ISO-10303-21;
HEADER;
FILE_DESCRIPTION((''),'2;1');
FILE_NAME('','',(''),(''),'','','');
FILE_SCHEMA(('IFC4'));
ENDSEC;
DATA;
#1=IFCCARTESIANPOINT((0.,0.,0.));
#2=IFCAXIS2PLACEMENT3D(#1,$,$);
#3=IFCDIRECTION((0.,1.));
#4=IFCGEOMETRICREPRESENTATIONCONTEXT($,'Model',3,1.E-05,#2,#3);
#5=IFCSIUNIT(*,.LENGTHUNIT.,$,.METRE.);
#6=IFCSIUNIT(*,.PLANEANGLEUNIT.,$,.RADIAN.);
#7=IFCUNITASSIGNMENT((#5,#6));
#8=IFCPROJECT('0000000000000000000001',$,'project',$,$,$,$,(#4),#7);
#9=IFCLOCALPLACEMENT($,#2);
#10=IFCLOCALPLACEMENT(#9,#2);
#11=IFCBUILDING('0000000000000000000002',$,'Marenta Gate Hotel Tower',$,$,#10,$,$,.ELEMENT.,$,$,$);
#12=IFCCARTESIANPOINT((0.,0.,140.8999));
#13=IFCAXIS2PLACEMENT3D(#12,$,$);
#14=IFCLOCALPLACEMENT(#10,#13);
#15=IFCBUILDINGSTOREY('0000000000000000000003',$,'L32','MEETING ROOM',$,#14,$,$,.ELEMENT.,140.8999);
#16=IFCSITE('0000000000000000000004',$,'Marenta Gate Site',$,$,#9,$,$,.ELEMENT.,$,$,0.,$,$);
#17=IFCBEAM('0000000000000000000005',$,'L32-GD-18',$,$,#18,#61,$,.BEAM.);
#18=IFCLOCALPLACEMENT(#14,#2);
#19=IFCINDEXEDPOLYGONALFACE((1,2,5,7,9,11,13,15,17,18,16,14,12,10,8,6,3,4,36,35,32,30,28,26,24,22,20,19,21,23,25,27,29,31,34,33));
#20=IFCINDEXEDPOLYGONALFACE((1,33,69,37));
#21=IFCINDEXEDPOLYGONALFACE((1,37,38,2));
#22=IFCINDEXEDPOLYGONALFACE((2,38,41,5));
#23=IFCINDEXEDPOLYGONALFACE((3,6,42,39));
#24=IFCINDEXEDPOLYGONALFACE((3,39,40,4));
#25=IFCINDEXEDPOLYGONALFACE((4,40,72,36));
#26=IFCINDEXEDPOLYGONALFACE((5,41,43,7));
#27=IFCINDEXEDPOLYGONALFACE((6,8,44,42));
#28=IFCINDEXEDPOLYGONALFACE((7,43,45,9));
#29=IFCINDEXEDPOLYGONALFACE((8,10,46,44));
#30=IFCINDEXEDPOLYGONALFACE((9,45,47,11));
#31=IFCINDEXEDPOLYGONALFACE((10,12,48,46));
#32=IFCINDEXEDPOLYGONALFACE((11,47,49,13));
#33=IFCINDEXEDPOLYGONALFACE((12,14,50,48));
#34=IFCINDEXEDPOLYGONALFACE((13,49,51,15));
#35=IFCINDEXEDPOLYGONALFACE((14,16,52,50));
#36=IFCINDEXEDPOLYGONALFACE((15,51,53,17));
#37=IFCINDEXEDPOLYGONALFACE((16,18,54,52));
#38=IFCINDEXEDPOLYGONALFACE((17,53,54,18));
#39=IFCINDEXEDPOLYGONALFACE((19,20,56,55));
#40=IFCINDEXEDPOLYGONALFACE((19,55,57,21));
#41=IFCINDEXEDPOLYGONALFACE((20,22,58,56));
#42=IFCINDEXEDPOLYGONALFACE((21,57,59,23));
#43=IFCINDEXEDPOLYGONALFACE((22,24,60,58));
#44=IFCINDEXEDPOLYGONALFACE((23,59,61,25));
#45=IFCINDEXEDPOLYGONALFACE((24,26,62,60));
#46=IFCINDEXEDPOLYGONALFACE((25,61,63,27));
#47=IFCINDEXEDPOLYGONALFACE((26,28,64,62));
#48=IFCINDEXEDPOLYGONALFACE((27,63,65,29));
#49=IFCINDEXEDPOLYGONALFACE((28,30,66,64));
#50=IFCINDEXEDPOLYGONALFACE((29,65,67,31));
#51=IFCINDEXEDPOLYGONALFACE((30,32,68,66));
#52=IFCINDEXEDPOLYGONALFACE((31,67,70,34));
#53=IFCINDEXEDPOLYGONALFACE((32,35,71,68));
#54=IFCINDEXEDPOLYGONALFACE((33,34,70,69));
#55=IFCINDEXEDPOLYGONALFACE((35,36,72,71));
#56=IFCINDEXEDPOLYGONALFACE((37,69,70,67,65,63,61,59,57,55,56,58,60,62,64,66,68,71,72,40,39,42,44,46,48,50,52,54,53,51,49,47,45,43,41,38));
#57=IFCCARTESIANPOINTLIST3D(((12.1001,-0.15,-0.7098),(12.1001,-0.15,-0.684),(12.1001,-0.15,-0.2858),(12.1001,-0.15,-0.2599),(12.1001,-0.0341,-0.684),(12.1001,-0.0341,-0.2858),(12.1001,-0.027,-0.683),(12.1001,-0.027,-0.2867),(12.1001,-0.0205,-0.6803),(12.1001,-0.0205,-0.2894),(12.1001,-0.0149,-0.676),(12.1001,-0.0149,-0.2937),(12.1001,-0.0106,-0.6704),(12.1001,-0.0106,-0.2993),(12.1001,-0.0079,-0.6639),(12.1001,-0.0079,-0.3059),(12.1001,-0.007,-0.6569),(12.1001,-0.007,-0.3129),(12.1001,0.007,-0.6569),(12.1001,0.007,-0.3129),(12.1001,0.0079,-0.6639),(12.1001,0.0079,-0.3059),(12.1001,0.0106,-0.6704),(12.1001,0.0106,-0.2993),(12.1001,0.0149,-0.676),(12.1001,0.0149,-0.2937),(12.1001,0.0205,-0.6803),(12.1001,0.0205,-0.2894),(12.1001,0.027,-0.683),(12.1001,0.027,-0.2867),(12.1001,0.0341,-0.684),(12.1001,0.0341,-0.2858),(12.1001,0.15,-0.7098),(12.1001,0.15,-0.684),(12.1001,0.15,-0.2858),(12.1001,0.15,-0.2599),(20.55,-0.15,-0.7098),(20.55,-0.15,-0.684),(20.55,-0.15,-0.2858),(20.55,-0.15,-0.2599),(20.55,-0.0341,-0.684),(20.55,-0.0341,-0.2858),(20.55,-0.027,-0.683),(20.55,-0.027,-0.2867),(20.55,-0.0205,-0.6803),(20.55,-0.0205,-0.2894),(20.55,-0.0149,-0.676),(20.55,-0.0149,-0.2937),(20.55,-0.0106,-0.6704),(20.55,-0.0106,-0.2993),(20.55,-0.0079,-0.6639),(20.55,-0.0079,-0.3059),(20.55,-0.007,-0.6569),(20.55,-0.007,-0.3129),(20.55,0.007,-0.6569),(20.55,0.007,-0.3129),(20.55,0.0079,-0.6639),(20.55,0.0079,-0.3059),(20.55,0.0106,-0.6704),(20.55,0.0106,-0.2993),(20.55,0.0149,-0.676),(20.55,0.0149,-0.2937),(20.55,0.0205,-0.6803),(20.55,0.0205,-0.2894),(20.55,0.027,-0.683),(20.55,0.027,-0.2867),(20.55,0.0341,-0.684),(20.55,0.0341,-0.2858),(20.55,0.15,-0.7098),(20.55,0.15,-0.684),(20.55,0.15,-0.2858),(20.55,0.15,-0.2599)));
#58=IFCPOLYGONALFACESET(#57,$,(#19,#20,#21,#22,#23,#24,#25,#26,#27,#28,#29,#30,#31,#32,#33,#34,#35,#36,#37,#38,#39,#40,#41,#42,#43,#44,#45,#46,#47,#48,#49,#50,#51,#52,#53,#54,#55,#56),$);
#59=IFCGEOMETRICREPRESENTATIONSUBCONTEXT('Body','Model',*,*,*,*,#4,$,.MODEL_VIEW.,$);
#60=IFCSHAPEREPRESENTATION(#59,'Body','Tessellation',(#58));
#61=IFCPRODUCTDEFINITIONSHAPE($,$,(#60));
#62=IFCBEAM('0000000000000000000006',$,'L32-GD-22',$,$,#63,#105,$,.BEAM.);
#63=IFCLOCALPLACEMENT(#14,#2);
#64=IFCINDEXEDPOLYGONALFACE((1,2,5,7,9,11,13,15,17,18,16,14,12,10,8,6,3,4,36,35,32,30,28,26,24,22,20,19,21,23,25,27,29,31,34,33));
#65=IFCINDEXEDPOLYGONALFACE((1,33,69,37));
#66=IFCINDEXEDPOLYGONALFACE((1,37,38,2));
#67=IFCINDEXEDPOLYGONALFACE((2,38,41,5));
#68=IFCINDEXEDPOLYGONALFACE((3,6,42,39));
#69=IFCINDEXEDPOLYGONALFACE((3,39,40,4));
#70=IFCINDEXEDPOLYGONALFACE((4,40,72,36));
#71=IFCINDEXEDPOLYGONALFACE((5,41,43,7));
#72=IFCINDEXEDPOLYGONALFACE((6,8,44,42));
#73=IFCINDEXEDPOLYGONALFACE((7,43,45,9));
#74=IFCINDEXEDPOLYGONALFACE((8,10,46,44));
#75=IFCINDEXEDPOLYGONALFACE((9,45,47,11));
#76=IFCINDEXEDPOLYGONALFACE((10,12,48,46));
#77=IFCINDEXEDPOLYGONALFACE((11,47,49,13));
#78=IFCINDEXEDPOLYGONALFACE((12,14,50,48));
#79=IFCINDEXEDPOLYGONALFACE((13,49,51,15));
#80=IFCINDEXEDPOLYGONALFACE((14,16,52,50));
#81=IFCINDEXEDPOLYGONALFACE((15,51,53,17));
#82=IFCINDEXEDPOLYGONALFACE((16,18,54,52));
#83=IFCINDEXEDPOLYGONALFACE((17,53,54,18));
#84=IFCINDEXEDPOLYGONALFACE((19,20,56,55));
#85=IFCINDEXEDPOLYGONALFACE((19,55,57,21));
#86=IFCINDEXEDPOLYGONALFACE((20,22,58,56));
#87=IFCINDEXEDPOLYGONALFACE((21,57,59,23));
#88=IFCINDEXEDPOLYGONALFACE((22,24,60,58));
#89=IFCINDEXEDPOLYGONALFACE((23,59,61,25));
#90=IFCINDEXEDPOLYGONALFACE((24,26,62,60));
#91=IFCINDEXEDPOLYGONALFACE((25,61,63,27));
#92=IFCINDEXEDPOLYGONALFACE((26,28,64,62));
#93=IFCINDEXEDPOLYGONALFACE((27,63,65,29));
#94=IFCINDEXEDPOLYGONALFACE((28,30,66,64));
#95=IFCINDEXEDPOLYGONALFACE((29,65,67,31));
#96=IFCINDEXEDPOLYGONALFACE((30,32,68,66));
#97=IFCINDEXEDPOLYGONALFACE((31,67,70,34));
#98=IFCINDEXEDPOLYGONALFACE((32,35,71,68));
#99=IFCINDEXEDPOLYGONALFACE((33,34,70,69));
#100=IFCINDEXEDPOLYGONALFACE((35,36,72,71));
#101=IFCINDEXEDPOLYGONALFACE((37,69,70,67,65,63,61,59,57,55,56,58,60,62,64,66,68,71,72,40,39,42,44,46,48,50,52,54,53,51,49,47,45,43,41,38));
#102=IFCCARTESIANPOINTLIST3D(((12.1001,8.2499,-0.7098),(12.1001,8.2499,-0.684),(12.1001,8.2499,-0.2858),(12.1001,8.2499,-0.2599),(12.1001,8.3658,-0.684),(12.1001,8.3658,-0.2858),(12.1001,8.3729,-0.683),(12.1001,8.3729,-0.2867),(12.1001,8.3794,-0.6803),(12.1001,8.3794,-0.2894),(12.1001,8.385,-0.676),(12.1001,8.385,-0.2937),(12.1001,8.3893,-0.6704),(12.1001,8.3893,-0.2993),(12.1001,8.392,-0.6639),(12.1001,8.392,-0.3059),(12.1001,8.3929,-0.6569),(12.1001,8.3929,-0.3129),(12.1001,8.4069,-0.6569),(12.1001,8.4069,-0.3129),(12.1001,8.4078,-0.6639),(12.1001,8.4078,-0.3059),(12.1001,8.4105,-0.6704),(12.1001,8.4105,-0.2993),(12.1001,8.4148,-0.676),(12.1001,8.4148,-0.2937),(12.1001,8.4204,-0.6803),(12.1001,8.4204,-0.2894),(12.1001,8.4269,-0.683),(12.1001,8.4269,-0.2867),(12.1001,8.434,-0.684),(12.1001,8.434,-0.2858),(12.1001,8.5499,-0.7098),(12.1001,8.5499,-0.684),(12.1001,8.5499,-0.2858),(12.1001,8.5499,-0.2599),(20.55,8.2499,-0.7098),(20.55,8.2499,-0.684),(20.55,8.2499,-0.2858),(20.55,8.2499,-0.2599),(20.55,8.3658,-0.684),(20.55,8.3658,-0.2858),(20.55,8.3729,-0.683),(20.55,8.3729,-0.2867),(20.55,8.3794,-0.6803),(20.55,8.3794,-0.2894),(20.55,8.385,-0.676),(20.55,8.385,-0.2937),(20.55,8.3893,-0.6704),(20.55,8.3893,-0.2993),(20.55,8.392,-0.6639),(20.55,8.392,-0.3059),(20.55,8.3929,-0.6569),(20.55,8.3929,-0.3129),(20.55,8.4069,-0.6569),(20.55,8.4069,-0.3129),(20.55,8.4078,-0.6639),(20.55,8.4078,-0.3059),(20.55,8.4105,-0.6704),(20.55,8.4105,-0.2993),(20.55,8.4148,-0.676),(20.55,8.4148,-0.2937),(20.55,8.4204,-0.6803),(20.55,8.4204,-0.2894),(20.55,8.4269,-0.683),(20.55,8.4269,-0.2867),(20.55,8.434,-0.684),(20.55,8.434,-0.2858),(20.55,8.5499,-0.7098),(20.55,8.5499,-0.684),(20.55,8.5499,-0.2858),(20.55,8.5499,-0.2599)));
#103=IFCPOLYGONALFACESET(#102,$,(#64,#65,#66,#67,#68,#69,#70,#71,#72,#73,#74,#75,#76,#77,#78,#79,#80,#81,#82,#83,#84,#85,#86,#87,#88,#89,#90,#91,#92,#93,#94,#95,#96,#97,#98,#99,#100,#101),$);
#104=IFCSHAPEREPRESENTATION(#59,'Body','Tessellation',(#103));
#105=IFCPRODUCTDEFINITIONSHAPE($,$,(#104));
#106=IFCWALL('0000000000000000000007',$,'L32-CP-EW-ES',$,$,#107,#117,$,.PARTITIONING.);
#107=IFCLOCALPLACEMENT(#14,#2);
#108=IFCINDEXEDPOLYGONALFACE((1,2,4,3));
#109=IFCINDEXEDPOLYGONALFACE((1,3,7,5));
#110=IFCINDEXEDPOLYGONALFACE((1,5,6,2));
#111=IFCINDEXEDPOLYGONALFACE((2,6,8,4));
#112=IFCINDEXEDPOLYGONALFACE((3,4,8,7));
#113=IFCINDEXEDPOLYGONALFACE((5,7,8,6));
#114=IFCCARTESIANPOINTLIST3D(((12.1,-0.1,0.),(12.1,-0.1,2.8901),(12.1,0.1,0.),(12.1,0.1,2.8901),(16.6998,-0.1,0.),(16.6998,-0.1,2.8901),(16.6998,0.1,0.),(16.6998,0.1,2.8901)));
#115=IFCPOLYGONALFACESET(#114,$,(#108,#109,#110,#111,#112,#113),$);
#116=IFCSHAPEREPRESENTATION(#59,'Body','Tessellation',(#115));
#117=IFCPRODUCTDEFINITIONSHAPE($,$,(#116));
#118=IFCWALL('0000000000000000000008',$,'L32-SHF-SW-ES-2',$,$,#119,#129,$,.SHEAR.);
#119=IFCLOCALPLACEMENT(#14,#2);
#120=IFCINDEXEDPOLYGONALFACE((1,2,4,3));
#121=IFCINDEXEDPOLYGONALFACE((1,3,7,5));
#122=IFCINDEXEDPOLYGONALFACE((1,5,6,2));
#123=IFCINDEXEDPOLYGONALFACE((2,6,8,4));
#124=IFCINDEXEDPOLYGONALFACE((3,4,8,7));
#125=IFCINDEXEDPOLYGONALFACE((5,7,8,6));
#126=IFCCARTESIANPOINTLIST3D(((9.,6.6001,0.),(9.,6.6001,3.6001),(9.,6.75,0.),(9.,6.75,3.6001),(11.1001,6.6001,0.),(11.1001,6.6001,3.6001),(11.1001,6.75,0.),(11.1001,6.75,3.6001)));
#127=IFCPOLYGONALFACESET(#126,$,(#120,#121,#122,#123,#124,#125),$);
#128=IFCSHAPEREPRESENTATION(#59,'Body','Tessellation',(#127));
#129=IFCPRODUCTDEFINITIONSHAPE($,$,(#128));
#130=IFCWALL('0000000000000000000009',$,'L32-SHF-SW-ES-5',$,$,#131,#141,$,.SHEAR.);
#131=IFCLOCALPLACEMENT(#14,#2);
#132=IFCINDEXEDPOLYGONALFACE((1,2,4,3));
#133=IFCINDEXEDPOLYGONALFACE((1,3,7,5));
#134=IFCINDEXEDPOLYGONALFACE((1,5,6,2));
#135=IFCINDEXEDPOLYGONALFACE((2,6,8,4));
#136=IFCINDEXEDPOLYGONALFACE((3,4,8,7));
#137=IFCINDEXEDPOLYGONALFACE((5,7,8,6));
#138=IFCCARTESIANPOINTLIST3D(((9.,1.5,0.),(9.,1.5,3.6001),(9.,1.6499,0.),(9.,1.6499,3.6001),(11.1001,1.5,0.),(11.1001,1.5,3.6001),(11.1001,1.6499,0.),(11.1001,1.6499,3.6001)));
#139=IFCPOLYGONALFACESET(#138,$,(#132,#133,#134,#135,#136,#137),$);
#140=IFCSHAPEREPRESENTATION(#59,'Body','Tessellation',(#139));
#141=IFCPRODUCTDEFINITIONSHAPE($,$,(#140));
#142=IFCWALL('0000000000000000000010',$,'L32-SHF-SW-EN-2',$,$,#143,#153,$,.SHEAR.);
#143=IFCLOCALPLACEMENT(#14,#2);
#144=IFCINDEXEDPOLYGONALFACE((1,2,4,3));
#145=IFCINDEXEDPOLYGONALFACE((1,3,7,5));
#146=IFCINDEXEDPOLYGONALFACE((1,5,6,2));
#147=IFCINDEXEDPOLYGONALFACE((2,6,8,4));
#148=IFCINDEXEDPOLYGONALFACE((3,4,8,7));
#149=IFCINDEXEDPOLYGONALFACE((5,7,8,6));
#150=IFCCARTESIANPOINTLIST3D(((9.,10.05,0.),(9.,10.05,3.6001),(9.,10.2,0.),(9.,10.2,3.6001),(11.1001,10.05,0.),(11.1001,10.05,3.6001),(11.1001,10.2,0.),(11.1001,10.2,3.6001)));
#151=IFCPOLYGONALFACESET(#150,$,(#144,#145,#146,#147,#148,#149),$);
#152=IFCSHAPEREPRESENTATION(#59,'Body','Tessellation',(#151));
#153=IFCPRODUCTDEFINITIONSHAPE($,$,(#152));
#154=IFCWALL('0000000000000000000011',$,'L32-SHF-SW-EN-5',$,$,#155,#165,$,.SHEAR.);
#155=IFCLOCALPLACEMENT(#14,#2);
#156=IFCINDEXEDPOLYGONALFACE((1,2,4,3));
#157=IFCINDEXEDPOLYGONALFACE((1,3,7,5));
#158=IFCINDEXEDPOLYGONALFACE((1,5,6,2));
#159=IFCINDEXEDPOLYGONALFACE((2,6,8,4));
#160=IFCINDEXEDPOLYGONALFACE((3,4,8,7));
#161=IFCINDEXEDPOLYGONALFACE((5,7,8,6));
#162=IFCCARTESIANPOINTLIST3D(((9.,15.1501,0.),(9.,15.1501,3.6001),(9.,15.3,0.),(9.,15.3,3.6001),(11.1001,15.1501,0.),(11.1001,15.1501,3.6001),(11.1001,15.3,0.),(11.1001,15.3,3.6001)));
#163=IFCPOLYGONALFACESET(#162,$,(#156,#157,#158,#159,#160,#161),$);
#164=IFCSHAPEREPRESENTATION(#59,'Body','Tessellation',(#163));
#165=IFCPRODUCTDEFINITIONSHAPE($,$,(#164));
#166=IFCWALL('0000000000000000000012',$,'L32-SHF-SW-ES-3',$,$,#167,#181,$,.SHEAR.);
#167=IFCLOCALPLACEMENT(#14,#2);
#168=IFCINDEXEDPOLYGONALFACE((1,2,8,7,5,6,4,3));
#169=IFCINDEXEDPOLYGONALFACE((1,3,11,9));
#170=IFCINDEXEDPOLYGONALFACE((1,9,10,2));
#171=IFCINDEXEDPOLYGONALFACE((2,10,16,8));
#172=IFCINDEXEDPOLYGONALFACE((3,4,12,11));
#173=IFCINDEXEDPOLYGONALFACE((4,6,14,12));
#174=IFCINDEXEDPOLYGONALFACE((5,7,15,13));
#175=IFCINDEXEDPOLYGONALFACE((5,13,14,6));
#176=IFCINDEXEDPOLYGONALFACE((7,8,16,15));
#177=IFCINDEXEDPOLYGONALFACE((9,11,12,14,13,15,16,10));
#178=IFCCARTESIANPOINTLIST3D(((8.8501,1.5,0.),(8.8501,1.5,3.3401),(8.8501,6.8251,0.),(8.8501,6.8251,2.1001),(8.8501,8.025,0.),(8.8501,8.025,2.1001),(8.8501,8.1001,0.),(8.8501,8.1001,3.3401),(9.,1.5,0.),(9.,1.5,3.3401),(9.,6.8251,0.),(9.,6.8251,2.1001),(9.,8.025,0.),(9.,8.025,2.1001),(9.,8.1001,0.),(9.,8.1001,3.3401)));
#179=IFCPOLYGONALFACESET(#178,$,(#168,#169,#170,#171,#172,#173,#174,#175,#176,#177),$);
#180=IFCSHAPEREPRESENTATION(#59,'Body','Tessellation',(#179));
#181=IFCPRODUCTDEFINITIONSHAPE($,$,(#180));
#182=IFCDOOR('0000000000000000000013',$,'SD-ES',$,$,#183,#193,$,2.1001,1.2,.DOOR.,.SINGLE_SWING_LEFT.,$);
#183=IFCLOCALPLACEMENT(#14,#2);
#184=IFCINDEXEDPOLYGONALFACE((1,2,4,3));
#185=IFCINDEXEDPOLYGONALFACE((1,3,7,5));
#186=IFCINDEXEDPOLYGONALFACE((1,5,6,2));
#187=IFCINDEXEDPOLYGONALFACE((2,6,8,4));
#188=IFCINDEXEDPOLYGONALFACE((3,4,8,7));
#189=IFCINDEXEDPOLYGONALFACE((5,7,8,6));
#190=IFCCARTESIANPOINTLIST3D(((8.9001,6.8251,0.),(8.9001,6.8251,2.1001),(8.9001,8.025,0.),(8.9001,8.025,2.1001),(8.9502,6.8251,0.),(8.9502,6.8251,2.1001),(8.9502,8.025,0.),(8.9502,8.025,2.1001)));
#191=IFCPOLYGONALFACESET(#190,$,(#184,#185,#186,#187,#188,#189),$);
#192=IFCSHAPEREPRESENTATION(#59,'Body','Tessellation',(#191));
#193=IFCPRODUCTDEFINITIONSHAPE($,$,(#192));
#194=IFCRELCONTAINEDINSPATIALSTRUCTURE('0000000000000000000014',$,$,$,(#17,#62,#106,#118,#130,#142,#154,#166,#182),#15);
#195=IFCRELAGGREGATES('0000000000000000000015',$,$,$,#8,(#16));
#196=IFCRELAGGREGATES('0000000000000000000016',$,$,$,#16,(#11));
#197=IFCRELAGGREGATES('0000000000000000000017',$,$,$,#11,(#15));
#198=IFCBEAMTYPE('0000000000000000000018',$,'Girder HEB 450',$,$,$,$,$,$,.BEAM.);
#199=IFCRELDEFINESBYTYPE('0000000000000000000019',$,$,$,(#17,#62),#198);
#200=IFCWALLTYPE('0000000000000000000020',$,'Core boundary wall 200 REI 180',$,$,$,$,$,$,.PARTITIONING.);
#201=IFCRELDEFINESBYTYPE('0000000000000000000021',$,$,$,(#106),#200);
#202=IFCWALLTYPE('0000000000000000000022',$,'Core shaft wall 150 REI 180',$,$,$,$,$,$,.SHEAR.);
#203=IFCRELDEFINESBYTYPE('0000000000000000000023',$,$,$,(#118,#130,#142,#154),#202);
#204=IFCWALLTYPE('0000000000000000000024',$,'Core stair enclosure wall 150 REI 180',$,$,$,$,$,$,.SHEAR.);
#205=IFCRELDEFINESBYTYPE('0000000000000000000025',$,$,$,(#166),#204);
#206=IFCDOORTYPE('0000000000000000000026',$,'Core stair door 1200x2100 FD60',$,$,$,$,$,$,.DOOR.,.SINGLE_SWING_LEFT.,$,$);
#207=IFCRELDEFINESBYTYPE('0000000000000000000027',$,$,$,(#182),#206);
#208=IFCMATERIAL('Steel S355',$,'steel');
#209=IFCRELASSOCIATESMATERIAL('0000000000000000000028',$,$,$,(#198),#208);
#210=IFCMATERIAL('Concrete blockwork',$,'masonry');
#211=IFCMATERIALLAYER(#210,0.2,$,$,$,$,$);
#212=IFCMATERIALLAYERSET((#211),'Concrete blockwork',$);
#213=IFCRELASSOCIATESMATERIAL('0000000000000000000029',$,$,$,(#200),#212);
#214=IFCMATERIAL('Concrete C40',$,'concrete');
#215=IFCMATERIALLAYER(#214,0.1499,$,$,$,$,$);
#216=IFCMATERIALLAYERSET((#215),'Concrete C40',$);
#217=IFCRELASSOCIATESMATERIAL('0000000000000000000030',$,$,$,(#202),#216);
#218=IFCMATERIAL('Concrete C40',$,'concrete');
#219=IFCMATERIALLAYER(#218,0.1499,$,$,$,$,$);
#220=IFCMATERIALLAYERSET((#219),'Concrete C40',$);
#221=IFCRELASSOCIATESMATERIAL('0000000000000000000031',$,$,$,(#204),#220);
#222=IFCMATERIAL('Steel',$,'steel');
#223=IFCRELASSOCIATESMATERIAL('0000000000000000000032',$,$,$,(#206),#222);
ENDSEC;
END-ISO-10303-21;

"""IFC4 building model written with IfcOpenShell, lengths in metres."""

from ifc_helpers import new_model, si_unit, direction, frame, frame_2d, origin, origin_2d, place, context, subcontext, project, spatial, rectangle, i_section, extrude, material, layer, layer_set, material_profile, profile_set, type_object, element, fill, save


model = new_model("IFC4")

# Units and contexts
model_context = context("Model", 3, precision=1e-05, world=origin(), true_north=direction((0.0, 1.0)))
body_context = subcontext(model_context, "Body", "Model", "MODEL_VIEW")
ifc_project = project(units=[si_unit("LENGTHUNIT", "METRE"), si_unit("PLANEANGLEUNIT", "RADIAN")], contexts=[model_context])

# Site, building, storey
site_placement = place(None, origin())
site = spatial("IfcSite", under=ifc_project, at=site_placement, Name="Marenta Gate Site", CompositionType="ELEMENT", RefElevation=0.0)
building_placement = place(site_placement, origin())
building = spatial("IfcBuilding", under=site, at=building_placement, Name="Marenta Gate Hotel Tower", CompositionType="ELEMENT")
storey_placement = place(building_placement, frame((0.0, 0.0, 140.8999)))
storey = spatial("IfcBuildingStorey", under=building, at=storey_placement, Name="L32", Description="MEETING ROOM", CompositionType="ELEMENT", Elevation=140.8999)

# Beams
ifc_material_1 = material(Name="Steel S355", Category="steel")
ifc_material_profile = material_profile(ifc_material_1, i_section(OverallWidth=0.3, OverallDepth=0.45, WebThickness=0.0139, FlangeThickness=0.0259, FilletRadius=0.0271, at=origin_2d()), Name="HEB 450")
ifc_profile_set = profile_set([ifc_material_profile], Name="Steel S355")
beam_type = type_object("IfcBeamType", Name="Girder HEB 450", PredefinedType="BEAM", material=ifc_profile_set)
for number, where, z_axis, x_axis, name in (
    (1, (12.1001, 0.0, -0.4849), (1.0, 0.0, 0.0), (0.0, 1.0, 0.0), "L32-GD-18"),
    (2, (12.1001, 8.3999, -0.4849), (1.0, 0.0, 0.0), (0.0, 1.0, 0.0), "L32-GD-22"),
):
    element("IfcBeam", number, at=place(storey_placement, frame(where, z_axis=z_axis, x_axis=x_axis)), inside=storey, type_object=beam_type, Name=name, PredefinedType="BEAM", context=body_context, shape_type="SweptSolid", body=[
        extrude(i_section(OverallWidth=0.3, OverallDepth=0.45, WebThickness=0.0139, FlangeThickness=0.0259, FilletRadius=0.0271, at=origin_2d()), origin(), (0.0, 0.0, 1.0), 8.45),
    ])

# Walls
ifc_material_2 = material(Name="Concrete blockwork", Category="masonry")
ifc_layer_1 = layer(ifc_material_2, 0.2)
ifc_layer_set_1 = layer_set([ifc_layer_1], Name="Concrete blockwork")
wall_type_1 = type_object("IfcWallType", Name="Core boundary wall 200 REI 180", PredefinedType="PARTITIONING", material=ifc_layer_set_1)
wall_1_placement = place(storey_placement, frame((12.1001, 0.0, 0.0), z_axis=(0.0, 0.0, 1.0), x_axis=(1.0, 0.0, 0.0)))
element("IfcWall", 3, at=wall_1_placement, inside=storey, type_object=wall_type_1, Name="L32-CP-EW-ES", PredefinedType="PARTITIONING", context=body_context, shape_type="SweptSolid", body=[
    extrude(rectangle(XDim=4.5999, YDim=0.2, at=frame_2d((2.2998, 0.0))), origin(), (0.0, 0.0, 1.0), 2.8901),
])
ifc_material_3 = material(Name="Concrete C40", Category="concrete")
ifc_layer_2 = layer(ifc_material_3, 0.1499)
ifc_layer_set_2 = layer_set([ifc_layer_2], Name="Concrete C40")
wall_type_2 = type_object("IfcWallType", Name="Core shaft wall 150 REI 180", PredefinedType="SHEAR", material=ifc_layer_set_2)
for number, where, z_axis, x_axis, name in (
    (4, (9.0, 6.675, 0.0), (0.0, 0.0, 1.0), (1.0, 0.0, 0.0), "L32-SHF-SW-ES-2"),
    (5, (9.0, 1.575, 0.0), (0.0, 0.0, 1.0), (1.0, 0.0, 0.0), "L32-SHF-SW-ES-5"),
    (6, (9.0, 10.125, 0.0), (0.0, 0.0, 1.0), (1.0, 0.0, 0.0), "L32-SHF-SW-EN-2"),
    (7, (9.0, 15.2251, 0.0), (0.0, 0.0, 1.0), (1.0, 0.0, 0.0), "L32-SHF-SW-EN-5"),
):
    element("IfcWall", number, at=place(storey_placement, frame(where, z_axis=z_axis, x_axis=x_axis)), inside=storey, type_object=wall_type_2, Name=name, PredefinedType="SHEAR", context=body_context, shape_type="SweptSolid", body=[
        extrude(rectangle(XDim=2.1001, YDim=0.1499, at=frame_2d((1.05, 0.0))), origin(), (0.0, 0.0, 1.0), 3.6001),
    ])

# Wall, opening, door
ifc_material_4 = material(Name="Concrete C40", Category="concrete")
ifc_layer_3 = layer(ifc_material_4, 0.1499)
ifc_layer_set_3 = layer_set([ifc_layer_3], Name="Concrete C40")
wall_type_3 = type_object("IfcWallType", Name="Core stair enclosure wall 150 REI 180", PredefinedType="SHEAR", material=ifc_layer_set_3)
wall_2_placement = place(storey_placement, frame((8.925, 1.5, 0.0), z_axis=(0.0, 0.0, 1.0), x_axis=(0.0, 1.0, 0.0)))
wall_2 = element("IfcWall", 8, at=wall_2_placement, inside=storey, type_object=wall_type_3, Name="L32-SHF-SW-ES-3", PredefinedType="SHEAR", context=body_context, shape_type="SweptSolid", body=[
    extrude(rectangle(XDim=6.6001, YDim=0.1499, at=frame_2d((3.3, 0.0))), origin(), (0.0, 0.0, 1.0), 3.3401),
])
opening_1_placement = place(wall_2_placement, frame((5.325, 0.0, 0.0)))
opening_1 = element("IfcOpeningElement", 9, at=opening_1_placement, cuts=wall_2, PredefinedType="OPENING", context=body_context, shape_type="SweptSolid", body=[
    extrude(rectangle(XDim=1.2, YDim=2.1001, at=frame_2d((0.6001, 1.05))), frame((0.0, 0.075, 0.0), z_axis=(0.0, -1.0, 0.0), x_axis=(1.0, 0.0, 0.0)), (0.0, 0.0, 1.0), 0.1499),
])
ifc_material_5 = material(Name="Steel", Category="steel")
door_type_1 = type_object("IfcDoorType", Name="Core stair door 1200x2100 FD60", OperationType="SINGLE_SWING_LEFT", PredefinedType="DOOR", material=ifc_material_5)
door_1_placement = place(opening_1_placement, origin())
door_1 = element("IfcDoor", 10, at=door_1_placement, inside=storey, type_object=door_type_1, Name="SD-ES", OperationType="SINGLE_SWING_LEFT", OverallHeight=2.1001, OverallWidth=1.2, PredefinedType="DOOR", context=body_context, shape_type="SweptSolid", body=[
    extrude(rectangle(XDim=1.2, YDim=2.1001, at=frame_2d((0.6001, 1.05))), frame((0.0, 0.0249, 0.0), z_axis=(0.0, -1.0, 0.0), x_axis=(1.0, 0.0, 0.0)), (0.0, 0.0, 1.0), 0.05),
])
fill(opening_1, door_1)

save(model, "model.ifc")
